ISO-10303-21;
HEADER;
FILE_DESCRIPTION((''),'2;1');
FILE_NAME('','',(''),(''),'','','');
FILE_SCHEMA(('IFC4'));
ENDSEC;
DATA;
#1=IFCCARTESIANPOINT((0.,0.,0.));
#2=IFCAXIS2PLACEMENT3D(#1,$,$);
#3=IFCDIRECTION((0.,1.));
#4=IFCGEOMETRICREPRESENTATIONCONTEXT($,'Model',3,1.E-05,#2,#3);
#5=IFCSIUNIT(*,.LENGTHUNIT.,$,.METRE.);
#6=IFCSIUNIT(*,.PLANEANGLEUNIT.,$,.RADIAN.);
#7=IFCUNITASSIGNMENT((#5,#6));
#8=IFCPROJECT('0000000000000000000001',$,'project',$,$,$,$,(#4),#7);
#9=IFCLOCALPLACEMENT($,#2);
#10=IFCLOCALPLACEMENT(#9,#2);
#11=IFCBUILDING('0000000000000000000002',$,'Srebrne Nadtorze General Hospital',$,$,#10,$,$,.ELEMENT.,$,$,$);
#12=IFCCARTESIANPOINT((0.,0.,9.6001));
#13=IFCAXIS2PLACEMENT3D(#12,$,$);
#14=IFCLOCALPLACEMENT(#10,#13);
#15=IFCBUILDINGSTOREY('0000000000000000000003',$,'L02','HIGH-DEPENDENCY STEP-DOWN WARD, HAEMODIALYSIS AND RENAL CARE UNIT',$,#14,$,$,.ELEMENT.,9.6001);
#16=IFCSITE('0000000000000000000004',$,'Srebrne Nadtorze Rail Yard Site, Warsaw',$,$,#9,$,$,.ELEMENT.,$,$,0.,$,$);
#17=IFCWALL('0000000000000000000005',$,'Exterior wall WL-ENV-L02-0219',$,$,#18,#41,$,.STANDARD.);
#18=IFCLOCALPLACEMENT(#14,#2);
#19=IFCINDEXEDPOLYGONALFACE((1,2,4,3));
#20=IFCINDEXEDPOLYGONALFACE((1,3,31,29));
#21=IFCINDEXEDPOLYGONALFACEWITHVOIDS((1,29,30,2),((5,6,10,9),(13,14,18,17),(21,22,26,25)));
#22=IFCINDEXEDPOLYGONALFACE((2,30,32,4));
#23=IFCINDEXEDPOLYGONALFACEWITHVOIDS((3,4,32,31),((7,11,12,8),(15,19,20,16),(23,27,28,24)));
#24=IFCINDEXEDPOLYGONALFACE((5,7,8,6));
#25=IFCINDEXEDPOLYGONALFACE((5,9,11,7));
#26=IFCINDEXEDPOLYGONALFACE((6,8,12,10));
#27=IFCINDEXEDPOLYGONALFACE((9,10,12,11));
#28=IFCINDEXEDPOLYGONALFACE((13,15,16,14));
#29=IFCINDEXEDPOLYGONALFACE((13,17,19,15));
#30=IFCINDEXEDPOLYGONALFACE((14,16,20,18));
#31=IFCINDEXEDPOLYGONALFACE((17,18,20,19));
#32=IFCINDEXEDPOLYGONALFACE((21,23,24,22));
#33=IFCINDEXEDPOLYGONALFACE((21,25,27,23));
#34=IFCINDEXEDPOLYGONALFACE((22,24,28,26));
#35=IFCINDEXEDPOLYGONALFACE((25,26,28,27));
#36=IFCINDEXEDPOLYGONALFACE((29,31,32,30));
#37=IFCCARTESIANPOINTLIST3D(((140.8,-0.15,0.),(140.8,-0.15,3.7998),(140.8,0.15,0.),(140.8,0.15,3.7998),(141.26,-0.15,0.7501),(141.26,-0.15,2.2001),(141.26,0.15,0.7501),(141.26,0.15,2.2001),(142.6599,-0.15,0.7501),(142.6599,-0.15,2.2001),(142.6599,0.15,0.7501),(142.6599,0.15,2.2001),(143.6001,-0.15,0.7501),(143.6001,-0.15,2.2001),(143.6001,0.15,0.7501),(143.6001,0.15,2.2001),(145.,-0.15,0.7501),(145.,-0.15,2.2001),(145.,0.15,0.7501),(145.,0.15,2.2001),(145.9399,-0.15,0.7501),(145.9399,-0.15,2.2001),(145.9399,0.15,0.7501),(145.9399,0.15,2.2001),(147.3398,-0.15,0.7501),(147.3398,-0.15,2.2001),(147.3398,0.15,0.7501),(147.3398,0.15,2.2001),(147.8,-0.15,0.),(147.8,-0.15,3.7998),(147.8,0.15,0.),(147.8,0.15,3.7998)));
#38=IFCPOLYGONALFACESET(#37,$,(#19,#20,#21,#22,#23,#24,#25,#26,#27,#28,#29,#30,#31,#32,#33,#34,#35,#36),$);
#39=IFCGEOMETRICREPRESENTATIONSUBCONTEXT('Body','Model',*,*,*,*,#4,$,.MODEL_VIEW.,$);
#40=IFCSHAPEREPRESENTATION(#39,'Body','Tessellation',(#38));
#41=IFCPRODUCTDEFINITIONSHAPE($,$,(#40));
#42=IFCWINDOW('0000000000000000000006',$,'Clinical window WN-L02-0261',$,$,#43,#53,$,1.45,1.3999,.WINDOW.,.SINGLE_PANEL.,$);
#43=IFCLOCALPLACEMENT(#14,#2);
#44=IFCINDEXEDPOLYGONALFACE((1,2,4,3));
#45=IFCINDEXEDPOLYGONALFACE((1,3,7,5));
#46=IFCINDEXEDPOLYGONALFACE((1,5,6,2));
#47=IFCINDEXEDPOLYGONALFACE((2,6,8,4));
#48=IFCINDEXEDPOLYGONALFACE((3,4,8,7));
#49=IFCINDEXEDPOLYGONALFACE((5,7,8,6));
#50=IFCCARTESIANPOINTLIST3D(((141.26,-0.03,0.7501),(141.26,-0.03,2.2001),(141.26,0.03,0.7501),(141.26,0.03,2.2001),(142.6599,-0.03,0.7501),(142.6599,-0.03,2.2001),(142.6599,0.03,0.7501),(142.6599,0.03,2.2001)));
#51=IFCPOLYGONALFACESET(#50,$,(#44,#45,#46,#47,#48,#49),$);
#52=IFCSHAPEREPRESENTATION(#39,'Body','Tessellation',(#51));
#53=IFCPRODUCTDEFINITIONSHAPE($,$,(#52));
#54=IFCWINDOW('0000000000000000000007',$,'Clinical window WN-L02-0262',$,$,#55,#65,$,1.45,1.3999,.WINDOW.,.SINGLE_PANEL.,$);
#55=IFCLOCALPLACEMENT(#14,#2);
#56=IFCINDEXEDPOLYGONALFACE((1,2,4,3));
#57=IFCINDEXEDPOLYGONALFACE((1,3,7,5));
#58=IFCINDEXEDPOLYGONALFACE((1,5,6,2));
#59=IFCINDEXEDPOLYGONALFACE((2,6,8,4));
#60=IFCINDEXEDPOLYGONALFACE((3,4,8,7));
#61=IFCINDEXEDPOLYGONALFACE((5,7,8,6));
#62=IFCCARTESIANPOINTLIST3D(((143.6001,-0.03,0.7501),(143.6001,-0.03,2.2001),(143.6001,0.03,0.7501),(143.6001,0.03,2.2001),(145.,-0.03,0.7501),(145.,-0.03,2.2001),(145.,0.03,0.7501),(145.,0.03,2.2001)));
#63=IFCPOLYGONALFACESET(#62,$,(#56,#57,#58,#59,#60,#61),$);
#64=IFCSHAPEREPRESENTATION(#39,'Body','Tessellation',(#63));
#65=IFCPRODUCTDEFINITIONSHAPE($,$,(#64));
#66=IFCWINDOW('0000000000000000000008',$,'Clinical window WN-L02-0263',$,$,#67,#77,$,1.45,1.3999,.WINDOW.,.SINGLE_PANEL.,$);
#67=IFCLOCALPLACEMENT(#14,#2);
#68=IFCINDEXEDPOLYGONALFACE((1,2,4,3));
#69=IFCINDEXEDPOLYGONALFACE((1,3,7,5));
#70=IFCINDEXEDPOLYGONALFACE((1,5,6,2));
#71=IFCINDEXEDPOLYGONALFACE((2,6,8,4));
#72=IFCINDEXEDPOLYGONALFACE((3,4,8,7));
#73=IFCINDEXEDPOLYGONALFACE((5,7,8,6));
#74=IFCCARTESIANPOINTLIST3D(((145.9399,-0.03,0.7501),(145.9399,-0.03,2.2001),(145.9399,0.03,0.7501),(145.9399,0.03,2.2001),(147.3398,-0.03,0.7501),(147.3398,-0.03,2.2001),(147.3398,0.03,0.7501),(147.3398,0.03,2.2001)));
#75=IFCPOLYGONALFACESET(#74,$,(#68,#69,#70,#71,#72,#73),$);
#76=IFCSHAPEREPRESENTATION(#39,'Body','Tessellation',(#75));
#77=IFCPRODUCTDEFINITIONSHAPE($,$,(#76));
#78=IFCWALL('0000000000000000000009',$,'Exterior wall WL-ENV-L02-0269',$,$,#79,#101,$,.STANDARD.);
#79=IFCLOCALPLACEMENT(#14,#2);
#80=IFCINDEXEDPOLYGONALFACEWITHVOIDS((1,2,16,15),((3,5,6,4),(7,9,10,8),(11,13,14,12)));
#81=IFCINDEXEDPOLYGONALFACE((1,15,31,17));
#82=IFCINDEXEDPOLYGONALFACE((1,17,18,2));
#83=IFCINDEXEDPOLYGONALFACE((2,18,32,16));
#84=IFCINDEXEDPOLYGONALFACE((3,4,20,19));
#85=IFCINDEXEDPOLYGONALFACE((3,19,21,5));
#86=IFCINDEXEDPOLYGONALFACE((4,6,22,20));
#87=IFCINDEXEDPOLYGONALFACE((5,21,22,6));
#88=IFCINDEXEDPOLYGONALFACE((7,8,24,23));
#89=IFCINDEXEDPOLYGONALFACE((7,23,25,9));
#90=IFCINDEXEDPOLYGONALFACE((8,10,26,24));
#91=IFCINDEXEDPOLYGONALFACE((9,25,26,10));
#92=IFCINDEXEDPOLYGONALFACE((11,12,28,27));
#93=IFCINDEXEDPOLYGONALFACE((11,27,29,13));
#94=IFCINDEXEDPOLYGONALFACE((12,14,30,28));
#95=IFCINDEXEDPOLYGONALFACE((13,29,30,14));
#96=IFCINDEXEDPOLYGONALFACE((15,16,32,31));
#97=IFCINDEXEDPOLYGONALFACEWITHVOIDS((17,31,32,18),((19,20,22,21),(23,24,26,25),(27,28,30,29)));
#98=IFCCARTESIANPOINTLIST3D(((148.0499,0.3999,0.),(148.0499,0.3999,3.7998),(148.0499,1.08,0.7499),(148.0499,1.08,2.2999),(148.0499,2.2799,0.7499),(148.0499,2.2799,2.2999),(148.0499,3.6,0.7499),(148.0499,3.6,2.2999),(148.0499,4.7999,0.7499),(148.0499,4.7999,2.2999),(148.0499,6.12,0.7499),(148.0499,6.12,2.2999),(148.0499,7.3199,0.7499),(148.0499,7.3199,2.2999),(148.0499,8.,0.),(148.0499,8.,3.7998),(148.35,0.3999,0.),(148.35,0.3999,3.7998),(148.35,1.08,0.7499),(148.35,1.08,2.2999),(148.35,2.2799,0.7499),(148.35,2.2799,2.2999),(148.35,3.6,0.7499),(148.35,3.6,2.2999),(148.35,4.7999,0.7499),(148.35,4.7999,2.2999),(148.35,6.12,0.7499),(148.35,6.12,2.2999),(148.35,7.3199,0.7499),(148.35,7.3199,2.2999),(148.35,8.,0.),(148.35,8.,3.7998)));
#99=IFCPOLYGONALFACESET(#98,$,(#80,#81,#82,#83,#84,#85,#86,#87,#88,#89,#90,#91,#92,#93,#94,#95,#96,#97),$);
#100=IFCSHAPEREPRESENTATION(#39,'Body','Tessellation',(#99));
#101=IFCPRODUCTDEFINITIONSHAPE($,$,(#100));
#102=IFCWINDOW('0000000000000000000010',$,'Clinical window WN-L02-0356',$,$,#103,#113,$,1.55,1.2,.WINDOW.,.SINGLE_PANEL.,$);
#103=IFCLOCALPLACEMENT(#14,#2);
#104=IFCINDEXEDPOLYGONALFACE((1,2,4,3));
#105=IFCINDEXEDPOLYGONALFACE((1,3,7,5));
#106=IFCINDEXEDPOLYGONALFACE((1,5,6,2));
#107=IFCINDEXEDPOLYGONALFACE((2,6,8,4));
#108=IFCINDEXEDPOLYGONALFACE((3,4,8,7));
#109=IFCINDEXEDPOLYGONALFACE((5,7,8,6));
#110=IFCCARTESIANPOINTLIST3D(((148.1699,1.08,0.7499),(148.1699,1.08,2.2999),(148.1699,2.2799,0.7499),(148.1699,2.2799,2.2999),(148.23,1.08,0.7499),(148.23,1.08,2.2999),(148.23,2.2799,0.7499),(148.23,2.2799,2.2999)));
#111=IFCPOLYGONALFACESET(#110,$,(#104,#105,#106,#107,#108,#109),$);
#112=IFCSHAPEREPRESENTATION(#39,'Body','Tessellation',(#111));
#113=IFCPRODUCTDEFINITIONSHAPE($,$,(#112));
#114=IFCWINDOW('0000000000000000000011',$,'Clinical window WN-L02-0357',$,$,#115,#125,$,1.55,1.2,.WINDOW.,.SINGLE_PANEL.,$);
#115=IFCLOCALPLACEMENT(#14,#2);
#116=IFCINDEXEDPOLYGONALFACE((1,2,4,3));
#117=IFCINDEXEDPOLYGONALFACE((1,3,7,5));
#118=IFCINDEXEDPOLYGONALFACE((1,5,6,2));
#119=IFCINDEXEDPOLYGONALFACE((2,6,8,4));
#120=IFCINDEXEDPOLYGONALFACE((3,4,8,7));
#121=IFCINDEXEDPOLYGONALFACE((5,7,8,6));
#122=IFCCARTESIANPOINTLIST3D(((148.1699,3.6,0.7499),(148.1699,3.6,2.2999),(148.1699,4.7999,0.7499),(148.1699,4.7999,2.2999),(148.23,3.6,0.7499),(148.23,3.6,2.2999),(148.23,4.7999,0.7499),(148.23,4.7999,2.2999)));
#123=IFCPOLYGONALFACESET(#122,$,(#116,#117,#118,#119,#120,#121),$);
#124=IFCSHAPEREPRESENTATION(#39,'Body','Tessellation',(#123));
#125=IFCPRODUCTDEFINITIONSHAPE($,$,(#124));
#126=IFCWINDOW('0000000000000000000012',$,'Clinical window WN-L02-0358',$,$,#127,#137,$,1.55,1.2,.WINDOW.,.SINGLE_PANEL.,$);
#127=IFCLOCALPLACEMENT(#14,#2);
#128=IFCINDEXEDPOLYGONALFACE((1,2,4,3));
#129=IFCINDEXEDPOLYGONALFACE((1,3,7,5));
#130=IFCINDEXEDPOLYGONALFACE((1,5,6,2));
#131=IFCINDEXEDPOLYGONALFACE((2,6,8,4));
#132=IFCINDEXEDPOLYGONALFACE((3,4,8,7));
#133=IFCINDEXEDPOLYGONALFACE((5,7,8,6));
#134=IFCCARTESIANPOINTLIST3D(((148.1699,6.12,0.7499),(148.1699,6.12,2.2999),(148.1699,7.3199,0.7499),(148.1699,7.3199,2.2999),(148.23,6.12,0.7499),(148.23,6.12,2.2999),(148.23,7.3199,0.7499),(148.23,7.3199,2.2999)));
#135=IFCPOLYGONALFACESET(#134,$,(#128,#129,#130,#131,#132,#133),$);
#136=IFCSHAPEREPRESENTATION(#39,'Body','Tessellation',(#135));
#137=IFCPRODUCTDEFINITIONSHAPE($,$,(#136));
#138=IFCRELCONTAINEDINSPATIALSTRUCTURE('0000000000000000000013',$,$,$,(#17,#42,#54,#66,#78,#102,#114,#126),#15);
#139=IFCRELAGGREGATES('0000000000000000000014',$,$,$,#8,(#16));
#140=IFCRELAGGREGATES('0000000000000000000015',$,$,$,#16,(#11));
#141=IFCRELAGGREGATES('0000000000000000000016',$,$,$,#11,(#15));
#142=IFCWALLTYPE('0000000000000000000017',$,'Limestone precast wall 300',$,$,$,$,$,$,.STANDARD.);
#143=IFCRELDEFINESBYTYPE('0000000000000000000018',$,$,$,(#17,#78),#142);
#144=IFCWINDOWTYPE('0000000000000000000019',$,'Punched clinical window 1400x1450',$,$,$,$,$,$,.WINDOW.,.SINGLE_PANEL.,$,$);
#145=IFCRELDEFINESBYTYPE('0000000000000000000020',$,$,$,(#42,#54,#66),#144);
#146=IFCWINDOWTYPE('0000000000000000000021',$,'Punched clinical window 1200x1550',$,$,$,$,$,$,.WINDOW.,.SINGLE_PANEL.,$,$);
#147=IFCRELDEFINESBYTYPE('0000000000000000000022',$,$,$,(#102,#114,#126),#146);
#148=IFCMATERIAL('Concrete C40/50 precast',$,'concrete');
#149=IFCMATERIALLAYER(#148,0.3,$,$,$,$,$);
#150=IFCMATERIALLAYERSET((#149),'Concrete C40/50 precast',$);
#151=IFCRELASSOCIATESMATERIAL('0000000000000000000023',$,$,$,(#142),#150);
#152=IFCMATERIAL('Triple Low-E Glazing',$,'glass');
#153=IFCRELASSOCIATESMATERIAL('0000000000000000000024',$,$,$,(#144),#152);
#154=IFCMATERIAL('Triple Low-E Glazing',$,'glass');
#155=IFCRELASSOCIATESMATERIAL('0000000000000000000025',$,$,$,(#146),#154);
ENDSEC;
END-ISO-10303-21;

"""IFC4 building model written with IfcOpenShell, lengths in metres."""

from ifc_helpers import new_model, si_unit, direction, frame, frame_2d, origin, place, context, subcontext, project, spatial, rectangle, extrude, material, layer, layer_set, type_object, element, fill, save


model = new_model("IFC4")

# Units and contexts
model_context = context("Model", 3, precision=1e-05, world=origin(), true_north=direction((0.0, 1.0)))
body_context = subcontext(model_context, "Body", "Model", "MODEL_VIEW")
ifc_project = project(units=[si_unit("LENGTHUNIT", "METRE"), si_unit("PLANEANGLEUNIT", "RADIAN")], contexts=[model_context])

# Site, building, storey
site_placement = place(None, origin())
site = spatial("IfcSite", under=ifc_project, at=site_placement, Name="Srebrne Nadtorze Rail Yard Site, Warsaw", CompositionType="ELEMENT", RefElevation=0.0)
building_placement = place(site_placement, origin())
building = spatial("IfcBuilding", under=site, at=building_placement, Name="Srebrne Nadtorze General Hospital", CompositionType="ELEMENT")
storey_placement = place(building_placement, frame((0.0, 0.0, 9.6001)))
storey = spatial("IfcBuildingStorey", under=building, at=storey_placement, Name="L02", Description="HIGH-DEPENDENCY STEP-DOWN WARD, HAEMODIALYSIS AND RENAL CARE UNIT", CompositionType="ELEMENT", Elevation=9.6001)

# Walls, openings, windows
ifc_material_1 = material(Name="Concrete C40/50 precast", Category="concrete")
ifc_layer_1 = layer(ifc_material_1, 0.3)
ifc_layer_set_1 = layer_set([ifc_layer_1], Name="Concrete C40/50 precast")
wall_type_1 = type_object("IfcWallType", Name="Limestone precast wall 300", PredefinedType="STANDARD", material=ifc_layer_set_1)
wall_1_placement = place(storey_placement, frame((140.8, 0.0, 0.0), z_axis=(0.0, 0.0, 1.0), x_axis=(1.0, 0.0, 0.0)))
wall_1 = element("IfcWall", 1, at=wall_1_placement, inside=storey, type_object=wall_type_1, Name="Exterior wall WL-ENV-L02-0219", PredefinedType="STANDARD", context=body_context, shape_type="SweptSolid", body=[
    extrude(rectangle(XDim=7.0, YDim=0.3, at=frame_2d((3.5, 0.0))), origin(), (0.0, 0.0, 1.0), 3.7998),
])
opening_1_placement = place(wall_1_placement, frame((0.46, 0.0, 0.75)))
opening_1 = element("IfcOpeningElement", 2, at=opening_1_placement, cuts=wall_1, PredefinedType="OPENING", context=body_context, shape_type="SweptSolid", body=[
    extrude(rectangle(XDim=1.3999, YDim=1.45, at=frame_2d((0.7, 0.7251))), frame((0.0, 0.1621, 0.0), z_axis=(0.0, -1.0, 0.0), x_axis=(1.0, 0.0, 0.0)), (0.0, 0.0, 1.0), 0.324),
])
opening_2_placement = place(wall_1_placement, frame((2.8, 0.0, 0.75)))
opening_2 = element("IfcOpeningElement", 3, at=opening_2_placement, cuts=wall_1, PredefinedType="OPENING", context=body_context, shape_type="SweptSolid", body=[
    extrude(rectangle(XDim=1.3999, YDim=1.45, at=frame_2d((0.7, 0.7251))), frame((0.0, 0.1621, 0.0), z_axis=(0.0, -1.0, 0.0), x_axis=(1.0, 0.0, 0.0)), (0.0, 0.0, 1.0), 0.324),
])
opening_3_placement = place(wall_1_placement, frame((5.1399, 0.0, 0.75)))
opening_3 = element("IfcOpeningElement", 4, at=opening_3_placement, cuts=wall_1, PredefinedType="OPENING", context=body_context, shape_type="SweptSolid", body=[
    extrude(rectangle(XDim=1.3999, YDim=1.45, at=frame_2d((0.7, 0.7251))), frame((0.0, 0.1621, 0.0), z_axis=(0.0, -1.0, 0.0), x_axis=(1.0, 0.0, 0.0)), (0.0, 0.0, 1.0), 0.324),
])
ifc_material_2 = material(Name="Triple Low-E Glazing", Category="glass")
window_type_1 = type_object("IfcWindowType", Name="Punched clinical window 1400x1450", PartitioningType="SINGLE_PANEL", PredefinedType="WINDOW", material=ifc_material_2)
window_1_placement = place(opening_1_placement, origin())
window_1 = element("IfcWindow", 5, at=window_1_placement, inside=storey, type_object=window_type_1, Name="Clinical window WN-L02-0261", OverallHeight=1.45, OverallWidth=1.3999, PartitioningType="SINGLE_PANEL", PredefinedType="WINDOW", context=body_context, shape_type="SweptSolid", body=[
    extrude(rectangle(XDim=1.3999, YDim=1.45, at=frame_2d((0.7, 0.7251))), frame((0.0, 0.03, 0.0), z_axis=(0.0, -1.0, 0.0), x_axis=(1.0, 0.0, 0.0)), (0.0, 0.0, 1.0), 0.0601),
])
fill(opening_1, window_1)
window_2_placement = place(opening_2_placement, origin())
window_2 = element("IfcWindow", 6, at=window_2_placement, inside=storey, type_object=window_type_1, Name="Clinical window WN-L02-0262", OverallHeight=1.45, OverallWidth=1.3999, PartitioningType="SINGLE_PANEL", PredefinedType="WINDOW", context=body_context, shape_type="SweptSolid", body=[
    extrude(rectangle(XDim=1.3999, YDim=1.45, at=frame_2d((0.7, 0.7251))), frame((0.0, 0.03, 0.0), z_axis=(0.0, -1.0, 0.0), x_axis=(1.0, 0.0, 0.0)), (0.0, 0.0, 1.0), 0.0601),
])
fill(opening_2, window_2)
window_3_placement = place(opening_3_placement, origin())
window_3 = element("IfcWindow", 7, at=window_3_placement, inside=storey, type_object=window_type_1, Name="Clinical window WN-L02-0263", OverallHeight=1.45, OverallWidth=1.3999, PartitioningType="SINGLE_PANEL", PredefinedType="WINDOW", context=body_context, shape_type="SweptSolid", body=[
    extrude(rectangle(XDim=1.3999, YDim=1.45, at=frame_2d((0.7, 0.7251))), frame((0.0, 0.03, 0.0), z_axis=(0.0, -1.0, 0.0), x_axis=(1.0, 0.0, 0.0)), (0.0, 0.0, 1.0), 0.0601),
])
fill(opening_3, window_3)
wall_2_placement = place(storey_placement, frame((148.2, 0.3999, 0.0), z_axis=(0.0, 0.0, 1.0), x_axis=(0.0, 1.0, 0.0)))
wall_2 = element("IfcWall", 8, at=wall_2_placement, inside=storey, type_object=wall_type_1, Name="Exterior wall WL-ENV-L02-0269", PredefinedType="STANDARD", context=body_context, shape_type="SweptSolid", body=[
    extrude(rectangle(XDim=7.6001, YDim=0.3, at=frame_2d((3.8, 0.0))), origin(), (0.0, 0.0, 1.0), 3.7998),
])
opening_4_placement = place(wall_2_placement, frame((0.6799, 0.0, 0.75)))
opening_4 = element("IfcOpeningElement", 9, at=opening_4_placement, cuts=wall_2, PredefinedType="OPENING", context=body_context, shape_type="SweptSolid", body=[
    extrude(rectangle(XDim=1.2, YDim=1.55, at=frame_2d((0.6001, 0.7749))), frame((0.0, 0.1621, 0.0), z_axis=(0.0, -1.0, 0.0), x_axis=(1.0, 0.0, 0.0)), (0.0, 0.0, 1.0), 0.324),
])
opening_5_placement = place(wall_2_placement, frame((3.2, 0.0, 0.75)))
opening_5 = element("IfcOpeningElement", 10, at=opening_5_placement, cuts=wall_2, PredefinedType="OPENING", context=body_context, shape_type="SweptSolid", body=[
    extrude(rectangle(XDim=1.2, YDim=1.55, at=frame_2d((0.6001, 0.7749))), frame((0.0, 0.1621, 0.0), z_axis=(0.0, -1.0, 0.0), x_axis=(1.0, 0.0, 0.0)), (0.0, 0.0, 1.0), 0.324),
])
opening_6_placement = place(wall_2_placement, frame((5.72, 0.0, 0.75)))
opening_6 = element("IfcOpeningElement", 11, at=opening_6_placement, cuts=wall_2, PredefinedType="OPENING", context=body_context, shape_type="SweptSolid", body=[
    extrude(rectangle(XDim=1.2, YDim=1.55, at=frame_2d((0.6001, 0.7749))), frame((0.0, 0.1621, 0.0), z_axis=(0.0, -1.0, 0.0), x_axis=(1.0, 0.0, 0.0)), (0.0, 0.0, 1.0), 0.324),
])
ifc_material_3 = material(Name="Triple Low-E Glazing", Category="glass")
window_type_2 = type_object("IfcWindowType", Name="Punched clinical window 1200x1550", PartitioningType="SINGLE_PANEL", PredefinedType="WINDOW", material=ifc_material_3)
window_4_placement = place(opening_4_placement, origin())
window_4 = element("IfcWindow", 12, at=window_4_placement, inside=storey, type_object=window_type_2, Name="Clinical window WN-L02-0356", OverallHeight=1.55, OverallWidth=1.2, PartitioningType="SINGLE_PANEL", PredefinedType="WINDOW", context=body_context, shape_type="SweptSolid", body=[
    extrude(rectangle(XDim=1.2, YDim=1.55, at=frame_2d((0.6001, 0.7749))), frame((0.0, 0.03, 0.0), z_axis=(0.0, -1.0, 0.0), x_axis=(1.0, 0.0, 0.0)), (0.0, 0.0, 1.0), 0.0601),
])
fill(opening_4, window_4)
window_5_placement = place(opening_5_placement, origin())
window_5 = element("IfcWindow", 13, at=window_5_placement, inside=storey, type_object=window_type_2, Name="Clinical window WN-L02-0357", OverallHeight=1.55, OverallWidth=1.2, PartitioningType="SINGLE_PANEL", PredefinedType="WINDOW", context=body_context, shape_type="SweptSolid", body=[
    extrude(rectangle(XDim=1.2, YDim=1.55, at=frame_2d((0.6001, 0.7749))), frame((0.0, 0.03, 0.0), z_axis=(0.0, -1.0, 0.0), x_axis=(1.0, 0.0, 0.0)), (0.0, 0.0, 1.0), 0.0601),
])
fill(opening_5, window_5)
window_6_placement = place(opening_6_placement, origin())
window_6 = element("IfcWindow", 14, at=window_6_placement, inside=storey, type_object=window_type_2, Name="Clinical window WN-L02-0358", OverallHeight=1.55, OverallWidth=1.2, PartitioningType="SINGLE_PANEL", PredefinedType="WINDOW", context=body_context, shape_type="SweptSolid", body=[
    extrude(rectangle(XDim=1.2, YDim=1.55, at=frame_2d((0.6001, 0.7749))), frame((0.0, 0.03, 0.0), z_axis=(0.0, -1.0, 0.0), x_axis=(1.0, 0.0, 0.0)), (0.0, 0.0, 1.0), 0.0601),
])
fill(opening_6, window_6)

save(model, "model.ifc")
